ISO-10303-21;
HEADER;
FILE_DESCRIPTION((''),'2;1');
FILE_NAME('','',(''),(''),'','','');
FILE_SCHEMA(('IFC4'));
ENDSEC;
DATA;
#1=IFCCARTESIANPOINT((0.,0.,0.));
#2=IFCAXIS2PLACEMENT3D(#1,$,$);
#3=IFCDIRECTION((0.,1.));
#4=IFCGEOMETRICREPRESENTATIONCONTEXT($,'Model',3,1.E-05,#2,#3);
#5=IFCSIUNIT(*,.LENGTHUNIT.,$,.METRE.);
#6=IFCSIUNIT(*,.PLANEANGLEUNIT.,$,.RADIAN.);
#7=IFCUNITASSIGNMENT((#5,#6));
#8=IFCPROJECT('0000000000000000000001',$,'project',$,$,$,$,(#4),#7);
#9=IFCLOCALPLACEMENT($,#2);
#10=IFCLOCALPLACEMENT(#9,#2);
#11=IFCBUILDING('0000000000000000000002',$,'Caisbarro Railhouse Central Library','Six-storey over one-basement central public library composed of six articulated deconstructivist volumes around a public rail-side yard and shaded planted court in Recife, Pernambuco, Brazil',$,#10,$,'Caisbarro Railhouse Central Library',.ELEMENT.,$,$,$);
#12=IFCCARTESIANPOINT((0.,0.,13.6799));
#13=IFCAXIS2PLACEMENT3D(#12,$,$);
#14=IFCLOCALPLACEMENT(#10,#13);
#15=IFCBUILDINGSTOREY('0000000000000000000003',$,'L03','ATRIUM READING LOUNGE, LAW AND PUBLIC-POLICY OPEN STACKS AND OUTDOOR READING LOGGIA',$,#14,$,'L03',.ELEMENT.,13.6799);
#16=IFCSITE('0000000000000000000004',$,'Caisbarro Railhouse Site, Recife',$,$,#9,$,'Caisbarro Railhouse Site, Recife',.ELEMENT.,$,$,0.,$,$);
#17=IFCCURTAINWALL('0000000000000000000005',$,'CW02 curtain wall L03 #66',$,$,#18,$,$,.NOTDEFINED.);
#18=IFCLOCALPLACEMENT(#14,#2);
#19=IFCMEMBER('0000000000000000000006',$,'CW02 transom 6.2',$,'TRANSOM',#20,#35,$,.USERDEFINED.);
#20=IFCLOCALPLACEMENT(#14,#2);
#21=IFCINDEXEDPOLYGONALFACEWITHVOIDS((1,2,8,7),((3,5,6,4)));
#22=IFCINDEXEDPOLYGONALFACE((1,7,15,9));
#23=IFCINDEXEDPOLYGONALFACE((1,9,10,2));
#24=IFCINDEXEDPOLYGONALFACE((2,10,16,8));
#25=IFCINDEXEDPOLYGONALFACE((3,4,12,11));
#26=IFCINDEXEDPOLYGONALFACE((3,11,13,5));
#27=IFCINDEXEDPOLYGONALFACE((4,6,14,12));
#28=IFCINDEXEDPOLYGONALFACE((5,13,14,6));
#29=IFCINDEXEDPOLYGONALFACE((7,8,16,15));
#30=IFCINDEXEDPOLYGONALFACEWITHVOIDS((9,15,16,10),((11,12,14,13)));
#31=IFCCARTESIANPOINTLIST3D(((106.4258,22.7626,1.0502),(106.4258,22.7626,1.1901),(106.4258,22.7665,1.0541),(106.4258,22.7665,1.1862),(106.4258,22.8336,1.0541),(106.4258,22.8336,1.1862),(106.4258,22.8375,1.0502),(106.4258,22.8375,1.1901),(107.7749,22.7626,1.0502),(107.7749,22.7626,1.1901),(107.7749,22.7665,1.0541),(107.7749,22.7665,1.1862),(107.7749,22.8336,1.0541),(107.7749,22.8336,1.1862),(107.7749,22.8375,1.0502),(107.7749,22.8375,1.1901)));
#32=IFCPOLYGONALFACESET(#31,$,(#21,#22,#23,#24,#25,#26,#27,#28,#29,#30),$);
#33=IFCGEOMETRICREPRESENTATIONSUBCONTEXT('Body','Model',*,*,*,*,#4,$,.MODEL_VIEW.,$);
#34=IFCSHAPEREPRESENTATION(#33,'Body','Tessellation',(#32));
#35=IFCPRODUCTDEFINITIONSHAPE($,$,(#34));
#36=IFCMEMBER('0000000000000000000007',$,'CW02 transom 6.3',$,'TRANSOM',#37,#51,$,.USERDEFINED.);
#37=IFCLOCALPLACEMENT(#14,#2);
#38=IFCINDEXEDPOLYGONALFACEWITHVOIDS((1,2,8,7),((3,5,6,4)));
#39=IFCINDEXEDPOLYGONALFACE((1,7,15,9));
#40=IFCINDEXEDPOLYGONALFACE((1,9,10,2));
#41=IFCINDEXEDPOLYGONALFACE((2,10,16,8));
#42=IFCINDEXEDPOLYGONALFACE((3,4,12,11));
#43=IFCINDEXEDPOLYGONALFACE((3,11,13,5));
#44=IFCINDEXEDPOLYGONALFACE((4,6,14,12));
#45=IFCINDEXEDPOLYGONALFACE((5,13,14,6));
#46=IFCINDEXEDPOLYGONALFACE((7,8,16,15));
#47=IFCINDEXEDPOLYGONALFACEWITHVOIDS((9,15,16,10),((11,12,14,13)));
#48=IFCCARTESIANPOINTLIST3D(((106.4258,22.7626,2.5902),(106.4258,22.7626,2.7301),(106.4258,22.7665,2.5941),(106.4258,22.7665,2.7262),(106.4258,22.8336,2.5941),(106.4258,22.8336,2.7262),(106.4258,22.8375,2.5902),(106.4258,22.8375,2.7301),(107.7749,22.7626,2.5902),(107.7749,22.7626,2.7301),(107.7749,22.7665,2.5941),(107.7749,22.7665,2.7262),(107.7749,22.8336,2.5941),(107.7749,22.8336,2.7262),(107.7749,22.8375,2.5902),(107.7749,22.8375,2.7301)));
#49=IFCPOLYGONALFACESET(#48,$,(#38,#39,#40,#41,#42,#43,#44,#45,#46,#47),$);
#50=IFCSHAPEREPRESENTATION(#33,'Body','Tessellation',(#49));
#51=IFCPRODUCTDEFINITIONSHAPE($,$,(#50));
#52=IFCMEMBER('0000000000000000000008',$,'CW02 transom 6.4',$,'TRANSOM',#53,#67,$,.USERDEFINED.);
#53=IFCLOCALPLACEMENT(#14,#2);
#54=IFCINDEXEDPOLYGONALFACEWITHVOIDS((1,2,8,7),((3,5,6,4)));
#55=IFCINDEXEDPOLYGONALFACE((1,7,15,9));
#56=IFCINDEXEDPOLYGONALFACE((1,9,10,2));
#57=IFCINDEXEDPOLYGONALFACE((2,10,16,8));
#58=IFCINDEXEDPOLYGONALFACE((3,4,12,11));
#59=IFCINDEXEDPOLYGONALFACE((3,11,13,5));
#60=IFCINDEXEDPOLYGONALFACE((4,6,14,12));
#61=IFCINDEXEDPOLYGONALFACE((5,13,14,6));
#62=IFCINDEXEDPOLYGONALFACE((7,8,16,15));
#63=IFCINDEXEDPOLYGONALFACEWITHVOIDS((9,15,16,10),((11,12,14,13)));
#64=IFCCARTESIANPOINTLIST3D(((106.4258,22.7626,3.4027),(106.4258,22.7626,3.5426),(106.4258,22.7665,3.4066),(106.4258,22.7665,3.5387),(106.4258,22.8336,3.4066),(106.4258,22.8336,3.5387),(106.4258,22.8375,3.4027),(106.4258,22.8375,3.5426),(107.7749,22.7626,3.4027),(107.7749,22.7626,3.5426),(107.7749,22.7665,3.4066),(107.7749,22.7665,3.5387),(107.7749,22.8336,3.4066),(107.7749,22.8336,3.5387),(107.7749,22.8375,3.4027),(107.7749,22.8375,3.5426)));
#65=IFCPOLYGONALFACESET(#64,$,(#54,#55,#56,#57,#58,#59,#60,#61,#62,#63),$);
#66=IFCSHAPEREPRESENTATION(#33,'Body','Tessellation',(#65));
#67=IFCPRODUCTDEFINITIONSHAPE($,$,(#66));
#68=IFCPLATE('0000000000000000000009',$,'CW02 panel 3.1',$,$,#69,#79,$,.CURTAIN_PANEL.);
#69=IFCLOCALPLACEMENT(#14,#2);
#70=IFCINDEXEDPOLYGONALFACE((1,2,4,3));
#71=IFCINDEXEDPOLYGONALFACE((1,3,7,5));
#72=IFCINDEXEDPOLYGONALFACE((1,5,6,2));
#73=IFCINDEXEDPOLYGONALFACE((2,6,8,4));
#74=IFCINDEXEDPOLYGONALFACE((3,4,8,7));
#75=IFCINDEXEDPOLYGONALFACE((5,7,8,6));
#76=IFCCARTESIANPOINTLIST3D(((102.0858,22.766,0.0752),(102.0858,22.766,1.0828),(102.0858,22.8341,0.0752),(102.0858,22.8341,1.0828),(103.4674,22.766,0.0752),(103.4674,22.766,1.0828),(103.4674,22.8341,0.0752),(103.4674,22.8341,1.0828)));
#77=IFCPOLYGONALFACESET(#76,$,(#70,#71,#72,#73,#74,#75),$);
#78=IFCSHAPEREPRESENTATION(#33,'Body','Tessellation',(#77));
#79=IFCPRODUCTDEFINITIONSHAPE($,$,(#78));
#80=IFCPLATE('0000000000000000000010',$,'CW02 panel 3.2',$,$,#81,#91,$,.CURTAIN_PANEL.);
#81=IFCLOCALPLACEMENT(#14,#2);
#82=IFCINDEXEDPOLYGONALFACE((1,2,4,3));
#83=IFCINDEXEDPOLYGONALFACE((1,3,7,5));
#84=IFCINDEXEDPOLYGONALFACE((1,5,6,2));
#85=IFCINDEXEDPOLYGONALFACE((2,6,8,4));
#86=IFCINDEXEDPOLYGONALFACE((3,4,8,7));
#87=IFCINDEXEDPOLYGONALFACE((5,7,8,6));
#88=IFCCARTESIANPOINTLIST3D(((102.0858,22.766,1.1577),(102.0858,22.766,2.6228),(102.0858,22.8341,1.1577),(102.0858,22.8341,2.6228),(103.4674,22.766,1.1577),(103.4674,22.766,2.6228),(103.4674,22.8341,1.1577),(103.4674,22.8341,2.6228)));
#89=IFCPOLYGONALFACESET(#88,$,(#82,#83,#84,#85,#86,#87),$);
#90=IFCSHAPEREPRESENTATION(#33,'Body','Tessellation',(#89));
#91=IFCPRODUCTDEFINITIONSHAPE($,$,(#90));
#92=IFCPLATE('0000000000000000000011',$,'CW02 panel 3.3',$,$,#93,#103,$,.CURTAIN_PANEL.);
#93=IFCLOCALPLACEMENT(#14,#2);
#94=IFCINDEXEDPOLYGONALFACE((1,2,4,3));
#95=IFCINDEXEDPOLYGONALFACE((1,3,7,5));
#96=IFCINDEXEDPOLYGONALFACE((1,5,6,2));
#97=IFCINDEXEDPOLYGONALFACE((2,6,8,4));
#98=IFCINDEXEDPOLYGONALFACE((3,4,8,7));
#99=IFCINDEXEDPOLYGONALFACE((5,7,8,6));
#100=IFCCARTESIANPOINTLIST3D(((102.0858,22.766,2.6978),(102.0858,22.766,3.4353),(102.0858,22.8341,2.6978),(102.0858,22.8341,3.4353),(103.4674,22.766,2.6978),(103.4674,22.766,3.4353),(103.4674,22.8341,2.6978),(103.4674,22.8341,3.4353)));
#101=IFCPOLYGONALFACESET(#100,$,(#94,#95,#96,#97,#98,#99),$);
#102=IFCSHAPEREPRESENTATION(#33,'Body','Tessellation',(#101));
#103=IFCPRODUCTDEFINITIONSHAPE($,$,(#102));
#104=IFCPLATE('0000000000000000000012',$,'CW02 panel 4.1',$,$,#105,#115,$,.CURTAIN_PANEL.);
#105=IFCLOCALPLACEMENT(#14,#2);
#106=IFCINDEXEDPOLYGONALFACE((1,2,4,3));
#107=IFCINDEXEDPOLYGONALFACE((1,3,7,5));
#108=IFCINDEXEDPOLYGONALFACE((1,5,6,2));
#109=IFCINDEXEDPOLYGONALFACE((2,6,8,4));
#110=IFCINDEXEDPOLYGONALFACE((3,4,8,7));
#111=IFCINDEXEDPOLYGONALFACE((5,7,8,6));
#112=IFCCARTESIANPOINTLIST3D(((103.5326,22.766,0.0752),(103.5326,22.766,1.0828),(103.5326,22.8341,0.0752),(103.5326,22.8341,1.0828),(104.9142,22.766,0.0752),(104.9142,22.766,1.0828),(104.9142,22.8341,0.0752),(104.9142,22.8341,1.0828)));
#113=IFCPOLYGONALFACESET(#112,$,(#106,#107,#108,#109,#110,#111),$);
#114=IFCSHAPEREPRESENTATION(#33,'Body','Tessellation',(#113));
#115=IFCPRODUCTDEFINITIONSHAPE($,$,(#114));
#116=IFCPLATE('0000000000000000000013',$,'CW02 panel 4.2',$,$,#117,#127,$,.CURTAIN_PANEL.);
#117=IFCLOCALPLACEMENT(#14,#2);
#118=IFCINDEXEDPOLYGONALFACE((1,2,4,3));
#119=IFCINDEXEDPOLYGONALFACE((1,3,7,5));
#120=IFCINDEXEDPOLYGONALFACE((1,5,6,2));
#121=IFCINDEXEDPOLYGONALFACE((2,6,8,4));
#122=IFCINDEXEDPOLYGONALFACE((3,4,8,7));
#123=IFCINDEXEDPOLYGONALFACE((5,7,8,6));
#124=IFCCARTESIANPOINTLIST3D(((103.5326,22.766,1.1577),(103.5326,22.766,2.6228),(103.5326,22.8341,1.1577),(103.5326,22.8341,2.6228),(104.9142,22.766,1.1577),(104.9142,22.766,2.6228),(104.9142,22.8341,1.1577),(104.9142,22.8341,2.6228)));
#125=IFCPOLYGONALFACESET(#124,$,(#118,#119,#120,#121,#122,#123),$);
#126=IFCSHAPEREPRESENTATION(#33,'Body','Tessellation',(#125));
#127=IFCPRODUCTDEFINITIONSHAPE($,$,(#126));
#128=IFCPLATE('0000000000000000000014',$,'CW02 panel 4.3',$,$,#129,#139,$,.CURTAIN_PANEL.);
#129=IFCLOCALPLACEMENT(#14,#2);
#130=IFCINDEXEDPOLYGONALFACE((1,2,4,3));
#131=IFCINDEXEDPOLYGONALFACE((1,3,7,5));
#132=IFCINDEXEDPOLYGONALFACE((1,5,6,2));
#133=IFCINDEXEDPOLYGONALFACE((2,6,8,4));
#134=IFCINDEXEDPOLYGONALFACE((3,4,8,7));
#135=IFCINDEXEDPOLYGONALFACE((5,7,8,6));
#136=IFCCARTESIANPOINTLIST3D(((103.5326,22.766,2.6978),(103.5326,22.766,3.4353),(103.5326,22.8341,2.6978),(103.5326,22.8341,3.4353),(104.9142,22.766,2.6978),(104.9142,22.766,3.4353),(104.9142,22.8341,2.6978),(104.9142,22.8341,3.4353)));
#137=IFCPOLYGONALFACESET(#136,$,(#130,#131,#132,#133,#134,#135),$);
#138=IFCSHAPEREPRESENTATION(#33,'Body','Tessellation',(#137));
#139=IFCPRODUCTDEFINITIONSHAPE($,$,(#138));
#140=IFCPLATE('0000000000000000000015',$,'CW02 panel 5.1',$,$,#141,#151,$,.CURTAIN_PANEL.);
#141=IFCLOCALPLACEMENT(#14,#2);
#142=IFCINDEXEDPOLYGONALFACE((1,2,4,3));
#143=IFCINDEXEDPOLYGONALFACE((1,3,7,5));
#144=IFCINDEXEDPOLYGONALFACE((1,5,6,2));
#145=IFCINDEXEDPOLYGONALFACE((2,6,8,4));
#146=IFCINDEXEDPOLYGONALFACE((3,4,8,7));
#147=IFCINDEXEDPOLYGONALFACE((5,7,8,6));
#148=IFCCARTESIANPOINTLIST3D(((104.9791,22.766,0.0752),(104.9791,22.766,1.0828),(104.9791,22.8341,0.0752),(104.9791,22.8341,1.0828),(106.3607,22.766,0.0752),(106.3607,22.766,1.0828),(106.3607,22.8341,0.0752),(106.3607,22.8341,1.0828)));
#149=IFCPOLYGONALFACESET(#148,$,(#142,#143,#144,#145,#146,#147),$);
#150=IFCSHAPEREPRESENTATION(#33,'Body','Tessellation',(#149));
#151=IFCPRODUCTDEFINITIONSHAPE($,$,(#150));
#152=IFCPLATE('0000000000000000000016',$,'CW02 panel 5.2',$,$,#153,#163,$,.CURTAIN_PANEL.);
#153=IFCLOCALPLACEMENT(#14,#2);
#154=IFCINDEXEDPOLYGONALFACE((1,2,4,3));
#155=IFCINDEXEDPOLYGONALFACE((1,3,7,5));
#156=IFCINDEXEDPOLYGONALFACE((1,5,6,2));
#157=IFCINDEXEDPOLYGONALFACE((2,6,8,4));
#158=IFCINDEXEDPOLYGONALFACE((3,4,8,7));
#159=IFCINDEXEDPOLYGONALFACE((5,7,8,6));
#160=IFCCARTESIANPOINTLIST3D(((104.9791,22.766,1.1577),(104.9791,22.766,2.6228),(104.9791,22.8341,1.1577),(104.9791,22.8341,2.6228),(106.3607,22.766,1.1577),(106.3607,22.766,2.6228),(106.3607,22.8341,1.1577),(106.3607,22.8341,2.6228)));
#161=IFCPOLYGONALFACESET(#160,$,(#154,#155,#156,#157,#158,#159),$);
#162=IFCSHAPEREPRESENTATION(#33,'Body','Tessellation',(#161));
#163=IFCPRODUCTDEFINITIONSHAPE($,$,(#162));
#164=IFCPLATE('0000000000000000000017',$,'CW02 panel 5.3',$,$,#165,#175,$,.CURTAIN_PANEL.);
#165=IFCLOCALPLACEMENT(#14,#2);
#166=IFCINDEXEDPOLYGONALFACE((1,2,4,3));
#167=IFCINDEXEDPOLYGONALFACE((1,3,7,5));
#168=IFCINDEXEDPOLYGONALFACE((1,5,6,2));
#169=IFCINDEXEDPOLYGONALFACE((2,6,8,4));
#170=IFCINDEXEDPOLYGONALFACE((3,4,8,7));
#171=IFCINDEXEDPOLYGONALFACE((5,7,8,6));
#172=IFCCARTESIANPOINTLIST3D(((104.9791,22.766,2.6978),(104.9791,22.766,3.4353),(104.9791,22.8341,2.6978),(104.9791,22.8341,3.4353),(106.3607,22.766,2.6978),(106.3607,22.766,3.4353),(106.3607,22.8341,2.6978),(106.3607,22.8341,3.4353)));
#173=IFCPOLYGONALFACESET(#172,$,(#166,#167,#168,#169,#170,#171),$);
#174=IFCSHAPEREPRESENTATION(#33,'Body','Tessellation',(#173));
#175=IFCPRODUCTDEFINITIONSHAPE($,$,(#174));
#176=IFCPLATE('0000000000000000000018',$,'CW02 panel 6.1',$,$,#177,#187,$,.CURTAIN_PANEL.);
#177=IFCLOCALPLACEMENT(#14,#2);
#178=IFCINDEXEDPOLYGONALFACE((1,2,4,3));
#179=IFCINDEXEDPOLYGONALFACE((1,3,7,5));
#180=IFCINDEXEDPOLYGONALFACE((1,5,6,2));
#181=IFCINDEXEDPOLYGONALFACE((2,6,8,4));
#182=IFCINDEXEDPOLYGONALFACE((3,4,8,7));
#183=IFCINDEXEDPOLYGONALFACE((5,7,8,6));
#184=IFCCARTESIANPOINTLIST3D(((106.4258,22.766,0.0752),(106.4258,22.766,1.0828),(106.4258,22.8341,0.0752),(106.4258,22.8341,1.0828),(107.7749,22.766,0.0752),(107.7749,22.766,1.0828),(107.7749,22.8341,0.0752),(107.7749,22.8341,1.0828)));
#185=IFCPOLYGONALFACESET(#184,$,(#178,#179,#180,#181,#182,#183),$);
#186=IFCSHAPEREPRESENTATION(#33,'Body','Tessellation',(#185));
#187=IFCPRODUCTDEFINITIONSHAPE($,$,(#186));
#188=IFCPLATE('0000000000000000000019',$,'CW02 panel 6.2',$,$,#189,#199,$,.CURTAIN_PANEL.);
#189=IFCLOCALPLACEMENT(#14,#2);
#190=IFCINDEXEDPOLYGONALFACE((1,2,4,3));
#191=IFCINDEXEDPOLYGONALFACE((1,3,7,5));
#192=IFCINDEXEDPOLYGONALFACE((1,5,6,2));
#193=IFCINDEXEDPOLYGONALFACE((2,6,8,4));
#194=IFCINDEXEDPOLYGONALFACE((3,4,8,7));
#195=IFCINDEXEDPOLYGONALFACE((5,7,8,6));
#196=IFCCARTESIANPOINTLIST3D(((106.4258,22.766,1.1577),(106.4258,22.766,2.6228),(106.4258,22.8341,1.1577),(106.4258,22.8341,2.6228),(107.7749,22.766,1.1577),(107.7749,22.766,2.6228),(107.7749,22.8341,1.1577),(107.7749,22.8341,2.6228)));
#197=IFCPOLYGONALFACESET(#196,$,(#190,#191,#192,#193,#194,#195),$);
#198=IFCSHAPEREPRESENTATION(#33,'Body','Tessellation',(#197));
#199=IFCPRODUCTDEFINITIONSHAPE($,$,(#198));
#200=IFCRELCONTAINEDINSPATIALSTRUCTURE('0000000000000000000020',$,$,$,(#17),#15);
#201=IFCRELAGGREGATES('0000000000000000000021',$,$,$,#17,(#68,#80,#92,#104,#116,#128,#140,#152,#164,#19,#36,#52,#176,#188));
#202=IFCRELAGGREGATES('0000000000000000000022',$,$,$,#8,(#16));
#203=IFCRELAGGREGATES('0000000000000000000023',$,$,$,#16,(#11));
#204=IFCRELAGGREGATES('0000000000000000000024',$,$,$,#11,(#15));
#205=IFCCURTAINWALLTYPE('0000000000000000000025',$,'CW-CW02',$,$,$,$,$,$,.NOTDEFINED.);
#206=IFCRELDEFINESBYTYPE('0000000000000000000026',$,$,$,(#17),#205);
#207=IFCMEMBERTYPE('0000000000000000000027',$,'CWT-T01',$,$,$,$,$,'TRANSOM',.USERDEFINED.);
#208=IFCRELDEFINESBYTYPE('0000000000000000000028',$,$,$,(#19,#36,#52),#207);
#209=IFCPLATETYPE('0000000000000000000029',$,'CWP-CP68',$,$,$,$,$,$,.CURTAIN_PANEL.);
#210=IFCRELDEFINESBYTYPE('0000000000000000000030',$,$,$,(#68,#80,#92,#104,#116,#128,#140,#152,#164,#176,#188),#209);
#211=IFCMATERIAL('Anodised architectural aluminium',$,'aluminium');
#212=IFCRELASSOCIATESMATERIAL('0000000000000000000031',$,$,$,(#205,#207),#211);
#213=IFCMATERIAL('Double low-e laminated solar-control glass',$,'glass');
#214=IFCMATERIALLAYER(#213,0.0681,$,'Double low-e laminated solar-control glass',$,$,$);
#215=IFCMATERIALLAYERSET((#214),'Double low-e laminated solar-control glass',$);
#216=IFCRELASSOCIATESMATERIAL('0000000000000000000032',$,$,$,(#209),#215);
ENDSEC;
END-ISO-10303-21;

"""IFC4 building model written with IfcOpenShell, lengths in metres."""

from ifc_helpers import new_model, si_unit, direction, frame, origin, origin_2d, place, context, subcontext, project, spatial, rectangle, hollow_rectangle, extrude, material, layer, layer_set, material_profile, profile_set, type_object, element, aggregate, save


model = new_model("IFC4")

# Units and contexts
model_context = context("Model", 3, precision=1e-05, world=origin(), true_north=direction((0.0, 1.0)))
body_context = subcontext(model_context, "Body", "Model", "MODEL_VIEW")
ifc_project = project(units=[si_unit("LENGTHUNIT", "METRE"), si_unit("PLANEANGLEUNIT", "RADIAN")], contexts=[model_context])

# Site, building, storey
site_placement = place(None, origin())
site = spatial("IfcSite", under=ifc_project, at=site_placement, Name="Caisbarro Railhouse Site, Recife", LongName="Caisbarro Railhouse Site, Recife", CompositionType="ELEMENT", RefElevation=0.0)
building_placement = place(site_placement, origin())
building = spatial("IfcBuilding", under=site, at=building_placement, Name="Caisbarro Railhouse Central Library", Description="Six-storey over one-basement central public library composed of six articulated deconstructivist volumes around a public rail-side yard and shaded planted court in Recife, Pernambuco, Brazil", LongName="Caisbarro Railhouse Central Library", CompositionType="ELEMENT")
storey_placement = place(building_placement, frame((0.0, 0.0, 13.6799)))
storey = spatial("IfcBuildingStorey", under=building, at=storey_placement, Name="L03", Description="ATRIUM READING LOUNGE, LAW AND PUBLIC-POLICY OPEN STACKS AND OUTDOOR READING LOGGIA", LongName="L03", CompositionType="ELEMENT", Elevation=13.6799)

# Curtain wall, members, plates
ifc_material_1 = material(Name="Anodised architectural aluminium", Category="aluminium")
curtain_wall_type = type_object("IfcCurtainWallType", Name="CW-CW02", PredefinedType="NOTDEFINED", material=ifc_material_1)
curtain_wall_placement = place(storey_placement, origin())
curtain_wall = element("IfcCurtainWall", 1, at=curtain_wall_placement, inside=storey, type_object=curtain_wall_type, Name="CW02 curtain wall L03 #66", PredefinedType="NOTDEFINED")
ifc_material_profile_1 = material_profile(ifc_material_1, hollow_rectangle(XDim=0.075, YDim=0.1399, WallThickness=0.0039, at=origin_2d()), Name="ALU-TRN-75X140")
ifc_profile_set_1 = profile_set([ifc_material_profile_1], Name="Anodised architectural aluminium")
member_type_1 = type_object("IfcMemberType", Name="CWT-T01", ElementType="TRANSOM", PredefinedType="USERDEFINED", material=ifc_profile_set_1)
member_1_placement = place(storey_placement, frame((106.4258, 22.8, 1.1201), z_axis=(1.0, 0.0, 0.0), x_axis=(0.0, 1.0, 0.0)))
member_1 = element("IfcMember", 2, at=member_1_placement, type_object=member_type_1, Name="CW02 transom 6.2", ObjectType="TRANSOM", PredefinedType="USERDEFINED", context=body_context, shape_type="SweptSolid", body=[
    extrude(hollow_rectangle(XDim=0.075, YDim=0.1399, WallThickness=0.0039, at=origin_2d()), origin(), (0.0, 0.0, 1.0), 1.3491),
])
member_2_placement = place(storey_placement, frame((106.4258, 22.8, 2.6602), z_axis=(1.0, 0.0, 0.0), x_axis=(0.0, 1.0, 0.0)))
member_2 = element("IfcMember", 3, at=member_2_placement, type_object=member_type_1, Name="CW02 transom 6.3", ObjectType="TRANSOM", PredefinedType="USERDEFINED", context=body_context, shape_type="SweptSolid", body=[
    extrude(hollow_rectangle(XDim=0.075, YDim=0.1399, WallThickness=0.0039, at=origin_2d()), origin(), (0.0, 0.0, 1.0), 1.3491),
])
member_3_placement = place(storey_placement, frame((106.4258, 22.8, 3.4727), z_axis=(1.0, 0.0, 0.0), x_axis=(0.0, 1.0, 0.0)))
member_3 = element("IfcMember", 4, at=member_3_placement, type_object=member_type_1, Name="CW02 transom 6.4", ObjectType="TRANSOM", PredefinedType="USERDEFINED", context=body_context, shape_type="SweptSolid", body=[
    extrude(hollow_rectangle(XDim=0.075, YDim=0.1399, WallThickness=0.0039, at=origin_2d()), origin(), (0.0, 0.0, 1.0), 1.3491),
])
ifc_material_2 = material(Name="Double low-e laminated solar-control glass", Category="glass")
ifc_layer = layer(ifc_material_2, 0.0681, Name="Double low-e laminated solar-control glass")
ifc_layer_set = layer_set([ifc_layer], Name="Double low-e laminated solar-control glass")
plate_type = type_object("IfcPlateType", Name="CWP-CP68", PredefinedType="CURTAIN_PANEL", material=ifc_layer_set)
plate_1_placement = place(storey_placement, frame((102.7766, 22.8, 0.0752), z_axis=(0.0, 0.0, 1.0), x_axis=(1.0, 0.0, 0.0)))
plate_1 = element("IfcPlate", 5, at=plate_1_placement, type_object=plate_type, Name="CW02 panel 3.1", PredefinedType="CURTAIN_PANEL", context=body_context, shape_type="SweptSolid", body=[
    extrude(rectangle(XDim=1.3816, YDim=0.0681, at=origin_2d()), origin(), (0.0, 0.0, 1.0), 1.0076),
])
plate_2_placement = place(storey_placement, frame((102.7766, 22.8, 1.1577), z_axis=(0.0, 0.0, 1.0), x_axis=(1.0, 0.0, 0.0)))
plate_2 = element("IfcPlate", 6, at=plate_2_placement, type_object=plate_type, Name="CW02 panel 3.2", PredefinedType="CURTAIN_PANEL", context=body_context, shape_type="SweptSolid", body=[
    extrude(rectangle(XDim=1.3816, YDim=0.0681, at=origin_2d()), origin(), (0.0, 0.0, 1.0), 1.4651),
])
plate_3_placement = place(storey_placement, frame((102.7766, 22.8, 2.6978), z_axis=(0.0, 0.0, 1.0), x_axis=(1.0, 0.0, 0.0)))
plate_3 = element("IfcPlate", 7, at=plate_3_placement, type_object=plate_type, Name="CW02 panel 3.3", PredefinedType="CURTAIN_PANEL", context=body_context, shape_type="SweptSolid", body=[
    extrude(rectangle(XDim=1.3816, YDim=0.0681, at=origin_2d()), origin(), (0.0, 0.0, 1.0), 0.7375),
])
plate_4_placement = place(storey_placement, frame((104.2234, 22.8, 0.0752), z_axis=(0.0, 0.0, 1.0), x_axis=(1.0, 0.0, 0.0)))
plate_4 = element("IfcPlate", 8, at=plate_4_placement, type_object=plate_type, Name="CW02 panel 4.1", PredefinedType="CURTAIN_PANEL", context=body_context, shape_type="SweptSolid", body=[
    extrude(rectangle(XDim=1.3816, YDim=0.0681, at=origin_2d()), origin(), (0.0, 0.0, 1.0), 1.0076),
])
plate_5_placement = place(storey_placement, frame((104.2234, 22.8, 1.1577), z_axis=(0.0, 0.0, 1.0), x_axis=(1.0, 0.0, 0.0)))
plate_5 = element("IfcPlate", 9, at=plate_5_placement, type_object=plate_type, Name="CW02 panel 4.2", PredefinedType="CURTAIN_PANEL", context=body_context, shape_type="SweptSolid", body=[
    extrude(rectangle(XDim=1.3816, YDim=0.0681, at=origin_2d()), origin(), (0.0, 0.0, 1.0), 1.4651),
])
plate_6_placement = place(storey_placement, frame((104.2234, 22.8, 2.6978), z_axis=(0.0, 0.0, 1.0), x_axis=(1.0, 0.0, 0.0)))
plate_6 = element("IfcPlate", 10, at=plate_6_placement, type_object=plate_type, Name="CW02 panel 4.3", PredefinedType="CURTAIN_PANEL", context=body_context, shape_type="SweptSolid", body=[
    extrude(rectangle(XDim=1.3816, YDim=0.0681, at=origin_2d()), origin(), (0.0, 0.0, 1.0), 0.7375),
])
plate_7_placement = place(storey_placement, frame((105.6699, 22.8, 0.0752), z_axis=(0.0, 0.0, 1.0), x_axis=(1.0, 0.0, 0.0)))
plate_7 = element("IfcPlate", 11, at=plate_7_placement, type_object=plate_type, Name="CW02 panel 5.1", PredefinedType="CURTAIN_PANEL", context=body_context, shape_type="SweptSolid", body=[
    extrude(rectangle(XDim=1.3816, YDim=0.0681, at=origin_2d()), origin(), (0.0, 0.0, 1.0), 1.0076),
])
plate_8_placement = place(storey_placement, frame((105.6699, 22.8, 1.1577), z_axis=(0.0, 0.0, 1.0), x_axis=(1.0, 0.0, 0.0)))
plate_8 = element("IfcPlate", 12, at=plate_8_placement, type_object=plate_type, Name="CW02 panel 5.2", PredefinedType="CURTAIN_PANEL", context=body_context, shape_type="SweptSolid", body=[
    extrude(rectangle(XDim=1.3816, YDim=0.0681, at=origin_2d()), origin(), (0.0, 0.0, 1.0), 1.4651),
])
plate_9_placement = place(storey_placement, frame((105.6699, 22.8, 2.6978), z_axis=(0.0, 0.0, 1.0), x_axis=(1.0, 0.0, 0.0)))
plate_9 = element("IfcPlate", 13, at=plate_9_placement, type_object=plate_type, Name="CW02 panel 5.3", PredefinedType="CURTAIN_PANEL", context=body_context, shape_type="SweptSolid", body=[
    extrude(rectangle(XDim=1.3816, YDim=0.0681, at=origin_2d()), origin(), (0.0, 0.0, 1.0), 0.7375),
])
plate_10_placement = place(storey_placement, frame((107.1003, 22.8, 0.0752), z_axis=(0.0, 0.0, 1.0), x_axis=(1.0, 0.0, 0.0)))
plate_10 = element("IfcPlate", 14, at=plate_10_placement, type_object=plate_type, Name="CW02 panel 6.1", PredefinedType="CURTAIN_PANEL", context=body_context, shape_type="SweptSolid", body=[
    extrude(rectangle(XDim=1.3491, YDim=0.0681, at=origin_2d()), origin(), (0.0, 0.0, 1.0), 1.0076),
])
plate_11_placement = place(storey_placement, frame((107.1003, 22.8, 1.1577), z_axis=(0.0, 0.0, 1.0), x_axis=(1.0, 0.0, 0.0)))
plate_11 = element("IfcPlate", 15, at=plate_11_placement, type_object=plate_type, Name="CW02 panel 6.2", PredefinedType="CURTAIN_PANEL", context=body_context, shape_type="SweptSolid", body=[
    extrude(rectangle(XDim=1.3491, YDim=0.0681, at=origin_2d()), origin(), (0.0, 0.0, 1.0), 1.4651),
])
aggregate(curtain_wall, [plate_1, plate_2, plate_3, plate_4, plate_5, plate_6, plate_7, plate_8, plate_9, member_1, member_2, member_3, plate_10, plate_11])

save(model, "model.ifc")
